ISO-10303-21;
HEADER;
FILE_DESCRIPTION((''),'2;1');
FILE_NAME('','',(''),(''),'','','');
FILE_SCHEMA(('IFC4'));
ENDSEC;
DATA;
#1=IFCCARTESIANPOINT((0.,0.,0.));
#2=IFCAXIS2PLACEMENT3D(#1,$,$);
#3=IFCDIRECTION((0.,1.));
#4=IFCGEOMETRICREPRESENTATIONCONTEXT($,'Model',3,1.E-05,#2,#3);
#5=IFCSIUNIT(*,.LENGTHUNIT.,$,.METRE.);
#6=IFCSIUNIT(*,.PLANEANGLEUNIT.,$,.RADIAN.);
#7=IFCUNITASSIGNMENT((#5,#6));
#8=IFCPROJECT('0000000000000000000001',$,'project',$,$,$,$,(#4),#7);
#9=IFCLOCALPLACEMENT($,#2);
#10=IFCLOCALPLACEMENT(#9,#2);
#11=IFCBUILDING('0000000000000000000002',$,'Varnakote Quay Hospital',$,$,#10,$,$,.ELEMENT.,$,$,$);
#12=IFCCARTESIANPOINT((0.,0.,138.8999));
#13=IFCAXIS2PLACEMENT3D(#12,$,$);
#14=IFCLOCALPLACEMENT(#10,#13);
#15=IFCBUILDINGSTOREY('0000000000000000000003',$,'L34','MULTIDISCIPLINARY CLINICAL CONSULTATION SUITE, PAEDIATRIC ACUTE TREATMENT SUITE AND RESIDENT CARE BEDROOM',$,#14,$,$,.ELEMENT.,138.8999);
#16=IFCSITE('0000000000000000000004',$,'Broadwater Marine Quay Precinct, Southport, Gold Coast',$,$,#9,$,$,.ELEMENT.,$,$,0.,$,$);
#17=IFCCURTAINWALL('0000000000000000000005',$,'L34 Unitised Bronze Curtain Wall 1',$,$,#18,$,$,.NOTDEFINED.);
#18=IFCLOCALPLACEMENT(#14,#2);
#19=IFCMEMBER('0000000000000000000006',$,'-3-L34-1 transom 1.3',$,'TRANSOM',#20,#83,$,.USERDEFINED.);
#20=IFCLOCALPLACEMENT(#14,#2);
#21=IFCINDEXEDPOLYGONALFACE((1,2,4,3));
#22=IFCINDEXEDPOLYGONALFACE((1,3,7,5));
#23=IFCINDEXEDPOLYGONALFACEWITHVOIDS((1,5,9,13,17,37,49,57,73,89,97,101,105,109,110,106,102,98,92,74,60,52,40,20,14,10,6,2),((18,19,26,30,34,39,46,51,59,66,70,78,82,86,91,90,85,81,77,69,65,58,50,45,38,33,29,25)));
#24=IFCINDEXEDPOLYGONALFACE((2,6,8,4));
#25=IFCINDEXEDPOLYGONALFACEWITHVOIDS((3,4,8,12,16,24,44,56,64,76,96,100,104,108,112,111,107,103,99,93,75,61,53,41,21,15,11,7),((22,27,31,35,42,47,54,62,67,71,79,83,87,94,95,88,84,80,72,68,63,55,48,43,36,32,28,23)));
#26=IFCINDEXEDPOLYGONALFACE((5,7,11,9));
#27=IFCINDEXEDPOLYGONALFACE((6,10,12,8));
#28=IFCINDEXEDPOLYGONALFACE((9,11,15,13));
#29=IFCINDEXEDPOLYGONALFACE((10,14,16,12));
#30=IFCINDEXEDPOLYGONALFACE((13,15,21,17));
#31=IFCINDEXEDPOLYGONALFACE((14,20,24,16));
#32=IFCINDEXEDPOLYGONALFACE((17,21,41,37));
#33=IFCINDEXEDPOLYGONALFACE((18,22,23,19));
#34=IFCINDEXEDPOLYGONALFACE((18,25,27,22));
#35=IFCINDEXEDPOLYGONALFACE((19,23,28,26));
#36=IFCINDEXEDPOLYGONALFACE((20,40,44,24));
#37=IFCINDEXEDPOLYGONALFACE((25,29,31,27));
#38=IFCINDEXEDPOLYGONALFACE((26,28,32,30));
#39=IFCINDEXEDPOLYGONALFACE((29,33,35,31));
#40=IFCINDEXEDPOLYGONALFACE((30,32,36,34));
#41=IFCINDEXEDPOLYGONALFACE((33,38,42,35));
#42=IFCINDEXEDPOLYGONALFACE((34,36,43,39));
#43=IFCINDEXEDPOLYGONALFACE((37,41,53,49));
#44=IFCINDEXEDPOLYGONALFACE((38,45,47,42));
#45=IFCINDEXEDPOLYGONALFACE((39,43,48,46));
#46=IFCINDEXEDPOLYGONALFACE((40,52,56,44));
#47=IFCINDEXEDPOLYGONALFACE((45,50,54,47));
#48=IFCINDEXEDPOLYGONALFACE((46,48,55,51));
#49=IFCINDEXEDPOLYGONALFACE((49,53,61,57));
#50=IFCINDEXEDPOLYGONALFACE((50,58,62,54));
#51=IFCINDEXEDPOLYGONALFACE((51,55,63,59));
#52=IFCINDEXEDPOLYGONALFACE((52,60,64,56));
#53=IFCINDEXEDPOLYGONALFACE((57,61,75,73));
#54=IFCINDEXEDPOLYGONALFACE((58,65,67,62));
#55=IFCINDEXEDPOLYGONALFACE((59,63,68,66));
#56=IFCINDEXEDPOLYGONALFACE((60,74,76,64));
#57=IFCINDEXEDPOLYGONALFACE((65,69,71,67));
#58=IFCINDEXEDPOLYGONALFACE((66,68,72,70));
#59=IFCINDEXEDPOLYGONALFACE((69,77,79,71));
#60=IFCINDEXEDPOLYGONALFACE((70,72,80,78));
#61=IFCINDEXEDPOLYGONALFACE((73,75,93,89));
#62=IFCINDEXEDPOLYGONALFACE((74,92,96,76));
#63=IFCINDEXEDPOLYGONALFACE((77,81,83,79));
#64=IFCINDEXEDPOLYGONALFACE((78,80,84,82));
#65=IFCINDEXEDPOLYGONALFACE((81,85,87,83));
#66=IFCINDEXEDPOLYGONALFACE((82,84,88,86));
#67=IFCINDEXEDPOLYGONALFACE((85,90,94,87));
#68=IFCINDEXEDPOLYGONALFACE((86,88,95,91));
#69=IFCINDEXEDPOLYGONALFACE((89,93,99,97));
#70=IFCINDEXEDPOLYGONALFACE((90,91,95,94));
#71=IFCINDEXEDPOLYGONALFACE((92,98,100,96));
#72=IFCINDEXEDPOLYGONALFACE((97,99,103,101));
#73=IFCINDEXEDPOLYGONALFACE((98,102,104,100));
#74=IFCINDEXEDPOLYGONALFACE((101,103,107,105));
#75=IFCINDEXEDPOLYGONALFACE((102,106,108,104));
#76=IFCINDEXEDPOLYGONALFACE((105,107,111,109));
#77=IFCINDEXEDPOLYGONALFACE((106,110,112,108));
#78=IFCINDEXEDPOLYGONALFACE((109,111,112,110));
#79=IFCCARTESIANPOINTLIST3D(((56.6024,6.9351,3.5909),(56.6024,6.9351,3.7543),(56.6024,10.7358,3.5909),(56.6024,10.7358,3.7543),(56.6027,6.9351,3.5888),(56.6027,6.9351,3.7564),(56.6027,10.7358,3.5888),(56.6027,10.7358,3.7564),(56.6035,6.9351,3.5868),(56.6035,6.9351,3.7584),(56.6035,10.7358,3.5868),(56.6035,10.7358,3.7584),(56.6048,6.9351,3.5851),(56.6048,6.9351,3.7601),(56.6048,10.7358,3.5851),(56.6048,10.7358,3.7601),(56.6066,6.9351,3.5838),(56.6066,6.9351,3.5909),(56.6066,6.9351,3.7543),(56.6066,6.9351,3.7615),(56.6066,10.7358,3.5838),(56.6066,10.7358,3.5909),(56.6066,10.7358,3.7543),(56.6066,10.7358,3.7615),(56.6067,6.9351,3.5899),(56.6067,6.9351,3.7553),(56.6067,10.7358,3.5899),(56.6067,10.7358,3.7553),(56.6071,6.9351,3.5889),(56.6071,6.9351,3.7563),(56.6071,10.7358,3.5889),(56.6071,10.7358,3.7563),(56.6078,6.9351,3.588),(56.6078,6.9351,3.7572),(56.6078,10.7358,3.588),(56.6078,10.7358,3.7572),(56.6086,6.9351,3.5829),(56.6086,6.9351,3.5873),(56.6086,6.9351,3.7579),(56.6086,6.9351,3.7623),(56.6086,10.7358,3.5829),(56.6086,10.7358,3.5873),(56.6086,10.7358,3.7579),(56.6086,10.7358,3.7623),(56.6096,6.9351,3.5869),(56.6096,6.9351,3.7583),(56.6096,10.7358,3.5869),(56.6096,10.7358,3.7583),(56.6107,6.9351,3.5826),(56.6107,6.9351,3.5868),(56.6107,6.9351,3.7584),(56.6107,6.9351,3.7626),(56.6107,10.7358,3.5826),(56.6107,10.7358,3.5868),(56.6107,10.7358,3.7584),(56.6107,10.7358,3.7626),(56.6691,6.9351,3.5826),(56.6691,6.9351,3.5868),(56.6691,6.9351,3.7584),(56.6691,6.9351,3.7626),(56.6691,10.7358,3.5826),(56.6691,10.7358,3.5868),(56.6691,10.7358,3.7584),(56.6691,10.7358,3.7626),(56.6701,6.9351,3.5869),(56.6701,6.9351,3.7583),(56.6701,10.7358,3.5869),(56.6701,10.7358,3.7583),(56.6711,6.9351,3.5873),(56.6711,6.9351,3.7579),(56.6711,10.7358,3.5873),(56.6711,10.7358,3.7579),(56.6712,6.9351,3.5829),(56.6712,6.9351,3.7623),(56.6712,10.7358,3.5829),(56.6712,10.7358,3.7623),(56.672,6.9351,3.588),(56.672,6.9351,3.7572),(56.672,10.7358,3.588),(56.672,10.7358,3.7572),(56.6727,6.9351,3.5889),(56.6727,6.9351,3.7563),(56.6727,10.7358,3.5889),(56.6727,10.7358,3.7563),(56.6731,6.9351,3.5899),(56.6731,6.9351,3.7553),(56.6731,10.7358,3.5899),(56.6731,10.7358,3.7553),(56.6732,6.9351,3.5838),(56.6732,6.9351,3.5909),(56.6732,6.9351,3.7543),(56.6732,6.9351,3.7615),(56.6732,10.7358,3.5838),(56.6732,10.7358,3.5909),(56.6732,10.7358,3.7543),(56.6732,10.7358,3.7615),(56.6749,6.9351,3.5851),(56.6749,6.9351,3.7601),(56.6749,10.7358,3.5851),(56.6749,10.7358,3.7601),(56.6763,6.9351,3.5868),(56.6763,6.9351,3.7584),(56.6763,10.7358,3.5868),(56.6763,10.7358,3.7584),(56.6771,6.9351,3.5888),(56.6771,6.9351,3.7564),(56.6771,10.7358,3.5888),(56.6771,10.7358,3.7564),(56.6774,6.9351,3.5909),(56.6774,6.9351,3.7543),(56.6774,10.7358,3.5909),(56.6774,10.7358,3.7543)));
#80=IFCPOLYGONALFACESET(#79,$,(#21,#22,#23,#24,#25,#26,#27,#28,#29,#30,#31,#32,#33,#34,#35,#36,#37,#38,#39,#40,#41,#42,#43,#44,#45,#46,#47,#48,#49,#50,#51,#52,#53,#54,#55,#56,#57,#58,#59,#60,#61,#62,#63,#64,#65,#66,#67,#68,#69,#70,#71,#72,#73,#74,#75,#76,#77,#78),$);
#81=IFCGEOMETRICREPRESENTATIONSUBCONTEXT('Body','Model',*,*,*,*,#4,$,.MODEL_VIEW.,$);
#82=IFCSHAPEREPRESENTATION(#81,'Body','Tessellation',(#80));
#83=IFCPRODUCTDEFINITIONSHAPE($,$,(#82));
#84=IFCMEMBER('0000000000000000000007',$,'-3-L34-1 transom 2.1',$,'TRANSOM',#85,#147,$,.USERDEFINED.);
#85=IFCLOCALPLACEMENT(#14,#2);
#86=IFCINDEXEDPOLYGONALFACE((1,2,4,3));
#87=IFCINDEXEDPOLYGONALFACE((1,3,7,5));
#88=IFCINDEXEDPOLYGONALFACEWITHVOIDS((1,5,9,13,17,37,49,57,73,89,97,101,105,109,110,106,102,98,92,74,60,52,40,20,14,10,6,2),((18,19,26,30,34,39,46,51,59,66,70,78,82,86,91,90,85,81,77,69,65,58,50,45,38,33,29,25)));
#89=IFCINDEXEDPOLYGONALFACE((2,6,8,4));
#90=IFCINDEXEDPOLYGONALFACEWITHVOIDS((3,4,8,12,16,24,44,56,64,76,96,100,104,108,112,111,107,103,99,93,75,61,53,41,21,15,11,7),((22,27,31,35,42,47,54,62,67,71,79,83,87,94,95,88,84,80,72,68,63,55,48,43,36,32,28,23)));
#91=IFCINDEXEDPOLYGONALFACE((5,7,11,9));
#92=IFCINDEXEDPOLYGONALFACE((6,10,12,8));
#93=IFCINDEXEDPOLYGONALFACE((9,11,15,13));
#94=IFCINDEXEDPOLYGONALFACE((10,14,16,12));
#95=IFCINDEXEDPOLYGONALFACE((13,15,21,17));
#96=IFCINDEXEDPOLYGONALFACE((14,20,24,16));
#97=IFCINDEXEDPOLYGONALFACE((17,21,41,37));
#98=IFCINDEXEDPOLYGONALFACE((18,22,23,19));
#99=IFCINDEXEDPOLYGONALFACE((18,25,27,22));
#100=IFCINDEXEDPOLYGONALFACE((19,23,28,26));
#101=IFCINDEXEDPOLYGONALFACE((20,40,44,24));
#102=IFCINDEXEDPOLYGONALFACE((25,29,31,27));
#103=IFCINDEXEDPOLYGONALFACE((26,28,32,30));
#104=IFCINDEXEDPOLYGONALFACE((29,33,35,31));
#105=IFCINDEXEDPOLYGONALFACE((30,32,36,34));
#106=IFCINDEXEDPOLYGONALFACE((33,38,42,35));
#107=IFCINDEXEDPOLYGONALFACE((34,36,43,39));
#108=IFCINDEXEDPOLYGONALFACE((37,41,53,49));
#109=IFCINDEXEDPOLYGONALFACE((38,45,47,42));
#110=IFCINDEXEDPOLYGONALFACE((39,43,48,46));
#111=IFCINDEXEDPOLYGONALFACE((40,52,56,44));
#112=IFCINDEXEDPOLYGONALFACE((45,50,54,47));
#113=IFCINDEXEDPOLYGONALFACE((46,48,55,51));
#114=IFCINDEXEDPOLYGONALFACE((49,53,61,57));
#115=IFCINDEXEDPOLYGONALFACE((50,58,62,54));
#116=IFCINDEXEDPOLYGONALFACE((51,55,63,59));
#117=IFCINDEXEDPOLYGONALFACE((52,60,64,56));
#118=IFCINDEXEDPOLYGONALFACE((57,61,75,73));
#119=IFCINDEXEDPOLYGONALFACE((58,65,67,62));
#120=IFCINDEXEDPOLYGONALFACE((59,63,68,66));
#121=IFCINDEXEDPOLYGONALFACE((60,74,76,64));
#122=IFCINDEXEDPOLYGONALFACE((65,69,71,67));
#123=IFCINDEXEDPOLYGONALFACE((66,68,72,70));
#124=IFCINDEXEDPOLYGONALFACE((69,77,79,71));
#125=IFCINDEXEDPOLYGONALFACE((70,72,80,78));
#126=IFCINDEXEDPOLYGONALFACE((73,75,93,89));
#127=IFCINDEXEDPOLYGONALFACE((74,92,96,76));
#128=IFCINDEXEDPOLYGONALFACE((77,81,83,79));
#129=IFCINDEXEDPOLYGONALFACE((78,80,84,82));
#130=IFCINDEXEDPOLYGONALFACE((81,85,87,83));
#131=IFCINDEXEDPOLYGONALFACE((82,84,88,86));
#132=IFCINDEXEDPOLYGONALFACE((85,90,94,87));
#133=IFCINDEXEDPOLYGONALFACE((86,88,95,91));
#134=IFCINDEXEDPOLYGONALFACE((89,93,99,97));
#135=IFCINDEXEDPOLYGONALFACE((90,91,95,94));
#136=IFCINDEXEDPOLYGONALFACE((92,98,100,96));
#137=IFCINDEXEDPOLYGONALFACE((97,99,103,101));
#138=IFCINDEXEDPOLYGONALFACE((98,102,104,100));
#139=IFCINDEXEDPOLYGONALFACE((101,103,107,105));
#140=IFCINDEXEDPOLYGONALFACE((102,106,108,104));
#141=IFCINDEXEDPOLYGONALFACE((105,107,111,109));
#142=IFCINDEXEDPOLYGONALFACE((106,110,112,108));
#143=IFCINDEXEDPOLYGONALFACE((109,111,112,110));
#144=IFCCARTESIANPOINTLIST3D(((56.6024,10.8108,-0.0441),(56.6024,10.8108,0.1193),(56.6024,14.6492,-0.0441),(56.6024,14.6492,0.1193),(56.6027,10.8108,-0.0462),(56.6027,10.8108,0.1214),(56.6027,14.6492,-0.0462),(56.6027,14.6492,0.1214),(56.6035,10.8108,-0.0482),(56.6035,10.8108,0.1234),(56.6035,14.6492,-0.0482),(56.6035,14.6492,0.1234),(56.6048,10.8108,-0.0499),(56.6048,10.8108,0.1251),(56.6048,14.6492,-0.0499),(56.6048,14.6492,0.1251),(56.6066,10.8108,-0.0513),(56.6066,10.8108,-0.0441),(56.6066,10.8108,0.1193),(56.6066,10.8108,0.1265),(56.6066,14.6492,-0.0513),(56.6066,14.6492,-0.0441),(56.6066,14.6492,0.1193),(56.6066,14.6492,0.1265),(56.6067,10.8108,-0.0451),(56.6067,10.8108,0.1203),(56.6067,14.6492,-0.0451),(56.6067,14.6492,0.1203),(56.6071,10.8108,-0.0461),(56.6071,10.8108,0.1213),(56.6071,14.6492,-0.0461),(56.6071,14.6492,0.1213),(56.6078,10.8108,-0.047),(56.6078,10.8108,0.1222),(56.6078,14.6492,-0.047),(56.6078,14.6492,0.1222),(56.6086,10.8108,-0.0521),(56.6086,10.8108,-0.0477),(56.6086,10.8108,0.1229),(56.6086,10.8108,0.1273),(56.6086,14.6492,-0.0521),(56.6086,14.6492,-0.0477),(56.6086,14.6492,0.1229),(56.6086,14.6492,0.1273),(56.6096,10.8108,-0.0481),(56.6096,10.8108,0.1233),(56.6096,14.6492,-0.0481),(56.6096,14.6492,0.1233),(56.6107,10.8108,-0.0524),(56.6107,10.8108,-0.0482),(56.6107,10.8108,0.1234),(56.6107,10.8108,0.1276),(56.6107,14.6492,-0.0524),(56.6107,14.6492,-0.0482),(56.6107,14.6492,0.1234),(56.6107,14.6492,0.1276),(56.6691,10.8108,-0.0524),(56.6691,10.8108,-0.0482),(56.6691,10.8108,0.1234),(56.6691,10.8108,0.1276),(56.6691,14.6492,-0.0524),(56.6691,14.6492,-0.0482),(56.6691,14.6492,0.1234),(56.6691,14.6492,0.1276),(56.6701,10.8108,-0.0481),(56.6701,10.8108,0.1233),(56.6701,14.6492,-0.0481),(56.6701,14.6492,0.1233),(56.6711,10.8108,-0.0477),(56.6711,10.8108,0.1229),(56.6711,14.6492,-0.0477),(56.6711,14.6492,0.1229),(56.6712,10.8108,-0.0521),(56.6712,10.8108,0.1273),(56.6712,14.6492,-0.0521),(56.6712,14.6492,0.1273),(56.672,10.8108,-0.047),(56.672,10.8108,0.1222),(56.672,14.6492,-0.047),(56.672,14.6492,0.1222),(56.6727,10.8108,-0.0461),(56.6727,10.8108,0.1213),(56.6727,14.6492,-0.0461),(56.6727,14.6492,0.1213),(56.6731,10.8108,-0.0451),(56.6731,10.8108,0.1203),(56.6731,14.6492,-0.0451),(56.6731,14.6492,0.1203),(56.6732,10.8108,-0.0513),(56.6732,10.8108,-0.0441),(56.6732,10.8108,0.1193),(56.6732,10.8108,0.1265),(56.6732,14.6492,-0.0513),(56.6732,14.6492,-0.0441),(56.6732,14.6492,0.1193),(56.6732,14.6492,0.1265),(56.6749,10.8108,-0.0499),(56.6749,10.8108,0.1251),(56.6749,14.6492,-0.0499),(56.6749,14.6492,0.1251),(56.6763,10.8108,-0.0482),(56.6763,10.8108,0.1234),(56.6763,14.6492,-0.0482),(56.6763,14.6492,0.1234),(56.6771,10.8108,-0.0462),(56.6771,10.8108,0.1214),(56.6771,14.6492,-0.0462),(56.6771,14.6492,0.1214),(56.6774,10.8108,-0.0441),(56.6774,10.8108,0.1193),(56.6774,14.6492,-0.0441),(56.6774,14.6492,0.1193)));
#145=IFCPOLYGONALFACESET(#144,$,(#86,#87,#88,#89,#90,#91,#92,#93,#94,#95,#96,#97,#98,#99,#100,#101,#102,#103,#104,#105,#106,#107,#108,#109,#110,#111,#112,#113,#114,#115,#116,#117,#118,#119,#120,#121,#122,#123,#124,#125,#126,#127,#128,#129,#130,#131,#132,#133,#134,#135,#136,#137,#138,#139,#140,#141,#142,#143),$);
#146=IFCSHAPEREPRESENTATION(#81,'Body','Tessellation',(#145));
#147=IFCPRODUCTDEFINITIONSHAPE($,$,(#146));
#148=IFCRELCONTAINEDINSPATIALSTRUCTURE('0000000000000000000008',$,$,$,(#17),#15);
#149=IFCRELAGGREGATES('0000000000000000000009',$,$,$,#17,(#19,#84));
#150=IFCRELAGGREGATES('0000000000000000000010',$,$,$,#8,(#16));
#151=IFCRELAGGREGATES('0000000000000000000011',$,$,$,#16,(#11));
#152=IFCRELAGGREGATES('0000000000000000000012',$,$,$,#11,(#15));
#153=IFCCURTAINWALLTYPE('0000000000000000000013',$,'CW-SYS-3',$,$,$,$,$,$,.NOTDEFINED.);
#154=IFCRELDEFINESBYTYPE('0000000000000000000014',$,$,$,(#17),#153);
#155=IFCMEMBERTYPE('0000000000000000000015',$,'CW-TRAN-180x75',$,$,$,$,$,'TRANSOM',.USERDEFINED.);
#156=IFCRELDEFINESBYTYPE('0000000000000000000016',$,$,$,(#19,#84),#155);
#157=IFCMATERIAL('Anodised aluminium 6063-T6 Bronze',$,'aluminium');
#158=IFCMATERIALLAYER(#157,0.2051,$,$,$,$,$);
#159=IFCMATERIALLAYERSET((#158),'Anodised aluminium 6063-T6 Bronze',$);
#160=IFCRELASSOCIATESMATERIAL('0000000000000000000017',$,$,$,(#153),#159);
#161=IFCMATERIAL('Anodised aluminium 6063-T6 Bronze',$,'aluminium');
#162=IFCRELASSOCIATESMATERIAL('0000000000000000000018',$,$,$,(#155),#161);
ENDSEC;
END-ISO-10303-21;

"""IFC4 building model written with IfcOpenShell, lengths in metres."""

from ifc_helpers import new_model, si_unit, direction, frame, origin, origin_2d, place, context, subcontext, project, spatial, hollow_rectangle, extrude, material, layer, layer_set, material_profile, profile_set, type_object, element, aggregate, save


model = new_model("IFC4")

# Units and contexts
model_context = context("Model", 3, precision=1e-05, world=origin(), true_north=direction((0.0, 1.0)))
body_context = subcontext(model_context, "Body", "Model", "MODEL_VIEW")
ifc_project = project(units=[si_unit("LENGTHUNIT", "METRE"), si_unit("PLANEANGLEUNIT", "RADIAN")], contexts=[model_context])

# Site, building, storey
site_placement = place(None, origin())
site = spatial("IfcSite", under=ifc_project, at=site_placement, Name="Broadwater Marine Quay Precinct, Southport, Gold Coast", CompositionType="ELEMENT", RefElevation=0.0)
building_placement = place(site_placement, origin())
building = spatial("IfcBuilding", under=site, at=building_placement, Name="Varnakote Quay Hospital", CompositionType="ELEMENT")
storey_placement = place(building_placement, frame((0.0, 0.0, 138.8999)))
storey = spatial("IfcBuildingStorey", under=building, at=storey_placement, Name="L34", Description="MULTIDISCIPLINARY CLINICAL CONSULTATION SUITE, PAEDIATRIC ACUTE TREATMENT SUITE AND RESIDENT CARE BEDROOM", CompositionType="ELEMENT", Elevation=138.8999)

# Curtain wall, members
ifc_material_1 = material(Name="Anodised aluminium 6063-T6 Bronze", Category="aluminium")
ifc_layer_1 = layer(ifc_material_1, 0.2051)
ifc_layer_set_1 = layer_set([ifc_layer_1], Name="Anodised aluminium 6063-T6 Bronze")
curtain_wall_type = type_object("IfcCurtainWallType", Name="CW-SYS-3", PredefinedType="NOTDEFINED", material=ifc_layer_set_1)
curtain_wall_placement = place(storey_placement, origin())
curtain_wall = element("IfcCurtainWall", 1, at=curtain_wall_placement, inside=storey, type_object=curtain_wall_type, Name="L34 Unitised Bronze Curtain Wall 1", PredefinedType="NOTDEFINED")
ifc_material_2 = material(Name="Anodised aluminium 6063-T6 Bronze", Category="aluminium")
ifc_material_profile_1 = material_profile(ifc_material_2, hollow_rectangle(XDim=0.075, YDim=0.1799, WallThickness=0.0042, InnerFilletRadius=0.0042, OuterFilletRadius=0.0083, at=origin_2d()), Name="CW-TRAN-180x75")
ifc_profile_set_1 = profile_set([ifc_material_profile_1], Name="Anodised aluminium 6063-T6 Bronze")
member_type_1 = type_object("IfcMemberType", Name="CW-TRAN-180x75", ElementType="TRANSOM", PredefinedType="USERDEFINED", material=ifc_profile_set_1)
member_1_placement = place(storey_placement, frame((56.6399, 6.9351, 3.6726), z_axis=(0.0, 1.0, 0.0), x_axis=(-1.0, 0.0, 0.0)))
member_1 = element("IfcMember", 2, at=member_1_placement, type_object=member_type_1, Name="-3-L34-1 transom 1.3", ObjectType="TRANSOM", PredefinedType="USERDEFINED", context=body_context, shape_type="SweptSolid", body=[
    extrude(hollow_rectangle(XDim=0.075, YDim=0.1799, WallThickness=0.0042, InnerFilletRadius=0.0042, OuterFilletRadius=0.0083, at=origin_2d()), origin(), (0.0, 0.0, 1.0), 3.8008),
])
member_2_placement = place(storey_placement, frame((56.6399, 10.8108, 0.0376), z_axis=(0.0, 1.0, 0.0), x_axis=(-1.0, 0.0, 0.0)))
member_2 = element("IfcMember", 3, at=member_2_placement, type_object=member_type_1, Name="-3-L34-1 transom 2.1", ObjectType="TRANSOM", PredefinedType="USERDEFINED", context=body_context, shape_type="SweptSolid", body=[
    extrude(hollow_rectangle(XDim=0.075, YDim=0.1799, WallThickness=0.0042, InnerFilletRadius=0.0042, OuterFilletRadius=0.0083, at=origin_2d()), origin(), (0.0, 0.0, 1.0), 3.8384),
])
aggregate(curtain_wall, [member_1, member_2])

save(model, "model.ifc")
